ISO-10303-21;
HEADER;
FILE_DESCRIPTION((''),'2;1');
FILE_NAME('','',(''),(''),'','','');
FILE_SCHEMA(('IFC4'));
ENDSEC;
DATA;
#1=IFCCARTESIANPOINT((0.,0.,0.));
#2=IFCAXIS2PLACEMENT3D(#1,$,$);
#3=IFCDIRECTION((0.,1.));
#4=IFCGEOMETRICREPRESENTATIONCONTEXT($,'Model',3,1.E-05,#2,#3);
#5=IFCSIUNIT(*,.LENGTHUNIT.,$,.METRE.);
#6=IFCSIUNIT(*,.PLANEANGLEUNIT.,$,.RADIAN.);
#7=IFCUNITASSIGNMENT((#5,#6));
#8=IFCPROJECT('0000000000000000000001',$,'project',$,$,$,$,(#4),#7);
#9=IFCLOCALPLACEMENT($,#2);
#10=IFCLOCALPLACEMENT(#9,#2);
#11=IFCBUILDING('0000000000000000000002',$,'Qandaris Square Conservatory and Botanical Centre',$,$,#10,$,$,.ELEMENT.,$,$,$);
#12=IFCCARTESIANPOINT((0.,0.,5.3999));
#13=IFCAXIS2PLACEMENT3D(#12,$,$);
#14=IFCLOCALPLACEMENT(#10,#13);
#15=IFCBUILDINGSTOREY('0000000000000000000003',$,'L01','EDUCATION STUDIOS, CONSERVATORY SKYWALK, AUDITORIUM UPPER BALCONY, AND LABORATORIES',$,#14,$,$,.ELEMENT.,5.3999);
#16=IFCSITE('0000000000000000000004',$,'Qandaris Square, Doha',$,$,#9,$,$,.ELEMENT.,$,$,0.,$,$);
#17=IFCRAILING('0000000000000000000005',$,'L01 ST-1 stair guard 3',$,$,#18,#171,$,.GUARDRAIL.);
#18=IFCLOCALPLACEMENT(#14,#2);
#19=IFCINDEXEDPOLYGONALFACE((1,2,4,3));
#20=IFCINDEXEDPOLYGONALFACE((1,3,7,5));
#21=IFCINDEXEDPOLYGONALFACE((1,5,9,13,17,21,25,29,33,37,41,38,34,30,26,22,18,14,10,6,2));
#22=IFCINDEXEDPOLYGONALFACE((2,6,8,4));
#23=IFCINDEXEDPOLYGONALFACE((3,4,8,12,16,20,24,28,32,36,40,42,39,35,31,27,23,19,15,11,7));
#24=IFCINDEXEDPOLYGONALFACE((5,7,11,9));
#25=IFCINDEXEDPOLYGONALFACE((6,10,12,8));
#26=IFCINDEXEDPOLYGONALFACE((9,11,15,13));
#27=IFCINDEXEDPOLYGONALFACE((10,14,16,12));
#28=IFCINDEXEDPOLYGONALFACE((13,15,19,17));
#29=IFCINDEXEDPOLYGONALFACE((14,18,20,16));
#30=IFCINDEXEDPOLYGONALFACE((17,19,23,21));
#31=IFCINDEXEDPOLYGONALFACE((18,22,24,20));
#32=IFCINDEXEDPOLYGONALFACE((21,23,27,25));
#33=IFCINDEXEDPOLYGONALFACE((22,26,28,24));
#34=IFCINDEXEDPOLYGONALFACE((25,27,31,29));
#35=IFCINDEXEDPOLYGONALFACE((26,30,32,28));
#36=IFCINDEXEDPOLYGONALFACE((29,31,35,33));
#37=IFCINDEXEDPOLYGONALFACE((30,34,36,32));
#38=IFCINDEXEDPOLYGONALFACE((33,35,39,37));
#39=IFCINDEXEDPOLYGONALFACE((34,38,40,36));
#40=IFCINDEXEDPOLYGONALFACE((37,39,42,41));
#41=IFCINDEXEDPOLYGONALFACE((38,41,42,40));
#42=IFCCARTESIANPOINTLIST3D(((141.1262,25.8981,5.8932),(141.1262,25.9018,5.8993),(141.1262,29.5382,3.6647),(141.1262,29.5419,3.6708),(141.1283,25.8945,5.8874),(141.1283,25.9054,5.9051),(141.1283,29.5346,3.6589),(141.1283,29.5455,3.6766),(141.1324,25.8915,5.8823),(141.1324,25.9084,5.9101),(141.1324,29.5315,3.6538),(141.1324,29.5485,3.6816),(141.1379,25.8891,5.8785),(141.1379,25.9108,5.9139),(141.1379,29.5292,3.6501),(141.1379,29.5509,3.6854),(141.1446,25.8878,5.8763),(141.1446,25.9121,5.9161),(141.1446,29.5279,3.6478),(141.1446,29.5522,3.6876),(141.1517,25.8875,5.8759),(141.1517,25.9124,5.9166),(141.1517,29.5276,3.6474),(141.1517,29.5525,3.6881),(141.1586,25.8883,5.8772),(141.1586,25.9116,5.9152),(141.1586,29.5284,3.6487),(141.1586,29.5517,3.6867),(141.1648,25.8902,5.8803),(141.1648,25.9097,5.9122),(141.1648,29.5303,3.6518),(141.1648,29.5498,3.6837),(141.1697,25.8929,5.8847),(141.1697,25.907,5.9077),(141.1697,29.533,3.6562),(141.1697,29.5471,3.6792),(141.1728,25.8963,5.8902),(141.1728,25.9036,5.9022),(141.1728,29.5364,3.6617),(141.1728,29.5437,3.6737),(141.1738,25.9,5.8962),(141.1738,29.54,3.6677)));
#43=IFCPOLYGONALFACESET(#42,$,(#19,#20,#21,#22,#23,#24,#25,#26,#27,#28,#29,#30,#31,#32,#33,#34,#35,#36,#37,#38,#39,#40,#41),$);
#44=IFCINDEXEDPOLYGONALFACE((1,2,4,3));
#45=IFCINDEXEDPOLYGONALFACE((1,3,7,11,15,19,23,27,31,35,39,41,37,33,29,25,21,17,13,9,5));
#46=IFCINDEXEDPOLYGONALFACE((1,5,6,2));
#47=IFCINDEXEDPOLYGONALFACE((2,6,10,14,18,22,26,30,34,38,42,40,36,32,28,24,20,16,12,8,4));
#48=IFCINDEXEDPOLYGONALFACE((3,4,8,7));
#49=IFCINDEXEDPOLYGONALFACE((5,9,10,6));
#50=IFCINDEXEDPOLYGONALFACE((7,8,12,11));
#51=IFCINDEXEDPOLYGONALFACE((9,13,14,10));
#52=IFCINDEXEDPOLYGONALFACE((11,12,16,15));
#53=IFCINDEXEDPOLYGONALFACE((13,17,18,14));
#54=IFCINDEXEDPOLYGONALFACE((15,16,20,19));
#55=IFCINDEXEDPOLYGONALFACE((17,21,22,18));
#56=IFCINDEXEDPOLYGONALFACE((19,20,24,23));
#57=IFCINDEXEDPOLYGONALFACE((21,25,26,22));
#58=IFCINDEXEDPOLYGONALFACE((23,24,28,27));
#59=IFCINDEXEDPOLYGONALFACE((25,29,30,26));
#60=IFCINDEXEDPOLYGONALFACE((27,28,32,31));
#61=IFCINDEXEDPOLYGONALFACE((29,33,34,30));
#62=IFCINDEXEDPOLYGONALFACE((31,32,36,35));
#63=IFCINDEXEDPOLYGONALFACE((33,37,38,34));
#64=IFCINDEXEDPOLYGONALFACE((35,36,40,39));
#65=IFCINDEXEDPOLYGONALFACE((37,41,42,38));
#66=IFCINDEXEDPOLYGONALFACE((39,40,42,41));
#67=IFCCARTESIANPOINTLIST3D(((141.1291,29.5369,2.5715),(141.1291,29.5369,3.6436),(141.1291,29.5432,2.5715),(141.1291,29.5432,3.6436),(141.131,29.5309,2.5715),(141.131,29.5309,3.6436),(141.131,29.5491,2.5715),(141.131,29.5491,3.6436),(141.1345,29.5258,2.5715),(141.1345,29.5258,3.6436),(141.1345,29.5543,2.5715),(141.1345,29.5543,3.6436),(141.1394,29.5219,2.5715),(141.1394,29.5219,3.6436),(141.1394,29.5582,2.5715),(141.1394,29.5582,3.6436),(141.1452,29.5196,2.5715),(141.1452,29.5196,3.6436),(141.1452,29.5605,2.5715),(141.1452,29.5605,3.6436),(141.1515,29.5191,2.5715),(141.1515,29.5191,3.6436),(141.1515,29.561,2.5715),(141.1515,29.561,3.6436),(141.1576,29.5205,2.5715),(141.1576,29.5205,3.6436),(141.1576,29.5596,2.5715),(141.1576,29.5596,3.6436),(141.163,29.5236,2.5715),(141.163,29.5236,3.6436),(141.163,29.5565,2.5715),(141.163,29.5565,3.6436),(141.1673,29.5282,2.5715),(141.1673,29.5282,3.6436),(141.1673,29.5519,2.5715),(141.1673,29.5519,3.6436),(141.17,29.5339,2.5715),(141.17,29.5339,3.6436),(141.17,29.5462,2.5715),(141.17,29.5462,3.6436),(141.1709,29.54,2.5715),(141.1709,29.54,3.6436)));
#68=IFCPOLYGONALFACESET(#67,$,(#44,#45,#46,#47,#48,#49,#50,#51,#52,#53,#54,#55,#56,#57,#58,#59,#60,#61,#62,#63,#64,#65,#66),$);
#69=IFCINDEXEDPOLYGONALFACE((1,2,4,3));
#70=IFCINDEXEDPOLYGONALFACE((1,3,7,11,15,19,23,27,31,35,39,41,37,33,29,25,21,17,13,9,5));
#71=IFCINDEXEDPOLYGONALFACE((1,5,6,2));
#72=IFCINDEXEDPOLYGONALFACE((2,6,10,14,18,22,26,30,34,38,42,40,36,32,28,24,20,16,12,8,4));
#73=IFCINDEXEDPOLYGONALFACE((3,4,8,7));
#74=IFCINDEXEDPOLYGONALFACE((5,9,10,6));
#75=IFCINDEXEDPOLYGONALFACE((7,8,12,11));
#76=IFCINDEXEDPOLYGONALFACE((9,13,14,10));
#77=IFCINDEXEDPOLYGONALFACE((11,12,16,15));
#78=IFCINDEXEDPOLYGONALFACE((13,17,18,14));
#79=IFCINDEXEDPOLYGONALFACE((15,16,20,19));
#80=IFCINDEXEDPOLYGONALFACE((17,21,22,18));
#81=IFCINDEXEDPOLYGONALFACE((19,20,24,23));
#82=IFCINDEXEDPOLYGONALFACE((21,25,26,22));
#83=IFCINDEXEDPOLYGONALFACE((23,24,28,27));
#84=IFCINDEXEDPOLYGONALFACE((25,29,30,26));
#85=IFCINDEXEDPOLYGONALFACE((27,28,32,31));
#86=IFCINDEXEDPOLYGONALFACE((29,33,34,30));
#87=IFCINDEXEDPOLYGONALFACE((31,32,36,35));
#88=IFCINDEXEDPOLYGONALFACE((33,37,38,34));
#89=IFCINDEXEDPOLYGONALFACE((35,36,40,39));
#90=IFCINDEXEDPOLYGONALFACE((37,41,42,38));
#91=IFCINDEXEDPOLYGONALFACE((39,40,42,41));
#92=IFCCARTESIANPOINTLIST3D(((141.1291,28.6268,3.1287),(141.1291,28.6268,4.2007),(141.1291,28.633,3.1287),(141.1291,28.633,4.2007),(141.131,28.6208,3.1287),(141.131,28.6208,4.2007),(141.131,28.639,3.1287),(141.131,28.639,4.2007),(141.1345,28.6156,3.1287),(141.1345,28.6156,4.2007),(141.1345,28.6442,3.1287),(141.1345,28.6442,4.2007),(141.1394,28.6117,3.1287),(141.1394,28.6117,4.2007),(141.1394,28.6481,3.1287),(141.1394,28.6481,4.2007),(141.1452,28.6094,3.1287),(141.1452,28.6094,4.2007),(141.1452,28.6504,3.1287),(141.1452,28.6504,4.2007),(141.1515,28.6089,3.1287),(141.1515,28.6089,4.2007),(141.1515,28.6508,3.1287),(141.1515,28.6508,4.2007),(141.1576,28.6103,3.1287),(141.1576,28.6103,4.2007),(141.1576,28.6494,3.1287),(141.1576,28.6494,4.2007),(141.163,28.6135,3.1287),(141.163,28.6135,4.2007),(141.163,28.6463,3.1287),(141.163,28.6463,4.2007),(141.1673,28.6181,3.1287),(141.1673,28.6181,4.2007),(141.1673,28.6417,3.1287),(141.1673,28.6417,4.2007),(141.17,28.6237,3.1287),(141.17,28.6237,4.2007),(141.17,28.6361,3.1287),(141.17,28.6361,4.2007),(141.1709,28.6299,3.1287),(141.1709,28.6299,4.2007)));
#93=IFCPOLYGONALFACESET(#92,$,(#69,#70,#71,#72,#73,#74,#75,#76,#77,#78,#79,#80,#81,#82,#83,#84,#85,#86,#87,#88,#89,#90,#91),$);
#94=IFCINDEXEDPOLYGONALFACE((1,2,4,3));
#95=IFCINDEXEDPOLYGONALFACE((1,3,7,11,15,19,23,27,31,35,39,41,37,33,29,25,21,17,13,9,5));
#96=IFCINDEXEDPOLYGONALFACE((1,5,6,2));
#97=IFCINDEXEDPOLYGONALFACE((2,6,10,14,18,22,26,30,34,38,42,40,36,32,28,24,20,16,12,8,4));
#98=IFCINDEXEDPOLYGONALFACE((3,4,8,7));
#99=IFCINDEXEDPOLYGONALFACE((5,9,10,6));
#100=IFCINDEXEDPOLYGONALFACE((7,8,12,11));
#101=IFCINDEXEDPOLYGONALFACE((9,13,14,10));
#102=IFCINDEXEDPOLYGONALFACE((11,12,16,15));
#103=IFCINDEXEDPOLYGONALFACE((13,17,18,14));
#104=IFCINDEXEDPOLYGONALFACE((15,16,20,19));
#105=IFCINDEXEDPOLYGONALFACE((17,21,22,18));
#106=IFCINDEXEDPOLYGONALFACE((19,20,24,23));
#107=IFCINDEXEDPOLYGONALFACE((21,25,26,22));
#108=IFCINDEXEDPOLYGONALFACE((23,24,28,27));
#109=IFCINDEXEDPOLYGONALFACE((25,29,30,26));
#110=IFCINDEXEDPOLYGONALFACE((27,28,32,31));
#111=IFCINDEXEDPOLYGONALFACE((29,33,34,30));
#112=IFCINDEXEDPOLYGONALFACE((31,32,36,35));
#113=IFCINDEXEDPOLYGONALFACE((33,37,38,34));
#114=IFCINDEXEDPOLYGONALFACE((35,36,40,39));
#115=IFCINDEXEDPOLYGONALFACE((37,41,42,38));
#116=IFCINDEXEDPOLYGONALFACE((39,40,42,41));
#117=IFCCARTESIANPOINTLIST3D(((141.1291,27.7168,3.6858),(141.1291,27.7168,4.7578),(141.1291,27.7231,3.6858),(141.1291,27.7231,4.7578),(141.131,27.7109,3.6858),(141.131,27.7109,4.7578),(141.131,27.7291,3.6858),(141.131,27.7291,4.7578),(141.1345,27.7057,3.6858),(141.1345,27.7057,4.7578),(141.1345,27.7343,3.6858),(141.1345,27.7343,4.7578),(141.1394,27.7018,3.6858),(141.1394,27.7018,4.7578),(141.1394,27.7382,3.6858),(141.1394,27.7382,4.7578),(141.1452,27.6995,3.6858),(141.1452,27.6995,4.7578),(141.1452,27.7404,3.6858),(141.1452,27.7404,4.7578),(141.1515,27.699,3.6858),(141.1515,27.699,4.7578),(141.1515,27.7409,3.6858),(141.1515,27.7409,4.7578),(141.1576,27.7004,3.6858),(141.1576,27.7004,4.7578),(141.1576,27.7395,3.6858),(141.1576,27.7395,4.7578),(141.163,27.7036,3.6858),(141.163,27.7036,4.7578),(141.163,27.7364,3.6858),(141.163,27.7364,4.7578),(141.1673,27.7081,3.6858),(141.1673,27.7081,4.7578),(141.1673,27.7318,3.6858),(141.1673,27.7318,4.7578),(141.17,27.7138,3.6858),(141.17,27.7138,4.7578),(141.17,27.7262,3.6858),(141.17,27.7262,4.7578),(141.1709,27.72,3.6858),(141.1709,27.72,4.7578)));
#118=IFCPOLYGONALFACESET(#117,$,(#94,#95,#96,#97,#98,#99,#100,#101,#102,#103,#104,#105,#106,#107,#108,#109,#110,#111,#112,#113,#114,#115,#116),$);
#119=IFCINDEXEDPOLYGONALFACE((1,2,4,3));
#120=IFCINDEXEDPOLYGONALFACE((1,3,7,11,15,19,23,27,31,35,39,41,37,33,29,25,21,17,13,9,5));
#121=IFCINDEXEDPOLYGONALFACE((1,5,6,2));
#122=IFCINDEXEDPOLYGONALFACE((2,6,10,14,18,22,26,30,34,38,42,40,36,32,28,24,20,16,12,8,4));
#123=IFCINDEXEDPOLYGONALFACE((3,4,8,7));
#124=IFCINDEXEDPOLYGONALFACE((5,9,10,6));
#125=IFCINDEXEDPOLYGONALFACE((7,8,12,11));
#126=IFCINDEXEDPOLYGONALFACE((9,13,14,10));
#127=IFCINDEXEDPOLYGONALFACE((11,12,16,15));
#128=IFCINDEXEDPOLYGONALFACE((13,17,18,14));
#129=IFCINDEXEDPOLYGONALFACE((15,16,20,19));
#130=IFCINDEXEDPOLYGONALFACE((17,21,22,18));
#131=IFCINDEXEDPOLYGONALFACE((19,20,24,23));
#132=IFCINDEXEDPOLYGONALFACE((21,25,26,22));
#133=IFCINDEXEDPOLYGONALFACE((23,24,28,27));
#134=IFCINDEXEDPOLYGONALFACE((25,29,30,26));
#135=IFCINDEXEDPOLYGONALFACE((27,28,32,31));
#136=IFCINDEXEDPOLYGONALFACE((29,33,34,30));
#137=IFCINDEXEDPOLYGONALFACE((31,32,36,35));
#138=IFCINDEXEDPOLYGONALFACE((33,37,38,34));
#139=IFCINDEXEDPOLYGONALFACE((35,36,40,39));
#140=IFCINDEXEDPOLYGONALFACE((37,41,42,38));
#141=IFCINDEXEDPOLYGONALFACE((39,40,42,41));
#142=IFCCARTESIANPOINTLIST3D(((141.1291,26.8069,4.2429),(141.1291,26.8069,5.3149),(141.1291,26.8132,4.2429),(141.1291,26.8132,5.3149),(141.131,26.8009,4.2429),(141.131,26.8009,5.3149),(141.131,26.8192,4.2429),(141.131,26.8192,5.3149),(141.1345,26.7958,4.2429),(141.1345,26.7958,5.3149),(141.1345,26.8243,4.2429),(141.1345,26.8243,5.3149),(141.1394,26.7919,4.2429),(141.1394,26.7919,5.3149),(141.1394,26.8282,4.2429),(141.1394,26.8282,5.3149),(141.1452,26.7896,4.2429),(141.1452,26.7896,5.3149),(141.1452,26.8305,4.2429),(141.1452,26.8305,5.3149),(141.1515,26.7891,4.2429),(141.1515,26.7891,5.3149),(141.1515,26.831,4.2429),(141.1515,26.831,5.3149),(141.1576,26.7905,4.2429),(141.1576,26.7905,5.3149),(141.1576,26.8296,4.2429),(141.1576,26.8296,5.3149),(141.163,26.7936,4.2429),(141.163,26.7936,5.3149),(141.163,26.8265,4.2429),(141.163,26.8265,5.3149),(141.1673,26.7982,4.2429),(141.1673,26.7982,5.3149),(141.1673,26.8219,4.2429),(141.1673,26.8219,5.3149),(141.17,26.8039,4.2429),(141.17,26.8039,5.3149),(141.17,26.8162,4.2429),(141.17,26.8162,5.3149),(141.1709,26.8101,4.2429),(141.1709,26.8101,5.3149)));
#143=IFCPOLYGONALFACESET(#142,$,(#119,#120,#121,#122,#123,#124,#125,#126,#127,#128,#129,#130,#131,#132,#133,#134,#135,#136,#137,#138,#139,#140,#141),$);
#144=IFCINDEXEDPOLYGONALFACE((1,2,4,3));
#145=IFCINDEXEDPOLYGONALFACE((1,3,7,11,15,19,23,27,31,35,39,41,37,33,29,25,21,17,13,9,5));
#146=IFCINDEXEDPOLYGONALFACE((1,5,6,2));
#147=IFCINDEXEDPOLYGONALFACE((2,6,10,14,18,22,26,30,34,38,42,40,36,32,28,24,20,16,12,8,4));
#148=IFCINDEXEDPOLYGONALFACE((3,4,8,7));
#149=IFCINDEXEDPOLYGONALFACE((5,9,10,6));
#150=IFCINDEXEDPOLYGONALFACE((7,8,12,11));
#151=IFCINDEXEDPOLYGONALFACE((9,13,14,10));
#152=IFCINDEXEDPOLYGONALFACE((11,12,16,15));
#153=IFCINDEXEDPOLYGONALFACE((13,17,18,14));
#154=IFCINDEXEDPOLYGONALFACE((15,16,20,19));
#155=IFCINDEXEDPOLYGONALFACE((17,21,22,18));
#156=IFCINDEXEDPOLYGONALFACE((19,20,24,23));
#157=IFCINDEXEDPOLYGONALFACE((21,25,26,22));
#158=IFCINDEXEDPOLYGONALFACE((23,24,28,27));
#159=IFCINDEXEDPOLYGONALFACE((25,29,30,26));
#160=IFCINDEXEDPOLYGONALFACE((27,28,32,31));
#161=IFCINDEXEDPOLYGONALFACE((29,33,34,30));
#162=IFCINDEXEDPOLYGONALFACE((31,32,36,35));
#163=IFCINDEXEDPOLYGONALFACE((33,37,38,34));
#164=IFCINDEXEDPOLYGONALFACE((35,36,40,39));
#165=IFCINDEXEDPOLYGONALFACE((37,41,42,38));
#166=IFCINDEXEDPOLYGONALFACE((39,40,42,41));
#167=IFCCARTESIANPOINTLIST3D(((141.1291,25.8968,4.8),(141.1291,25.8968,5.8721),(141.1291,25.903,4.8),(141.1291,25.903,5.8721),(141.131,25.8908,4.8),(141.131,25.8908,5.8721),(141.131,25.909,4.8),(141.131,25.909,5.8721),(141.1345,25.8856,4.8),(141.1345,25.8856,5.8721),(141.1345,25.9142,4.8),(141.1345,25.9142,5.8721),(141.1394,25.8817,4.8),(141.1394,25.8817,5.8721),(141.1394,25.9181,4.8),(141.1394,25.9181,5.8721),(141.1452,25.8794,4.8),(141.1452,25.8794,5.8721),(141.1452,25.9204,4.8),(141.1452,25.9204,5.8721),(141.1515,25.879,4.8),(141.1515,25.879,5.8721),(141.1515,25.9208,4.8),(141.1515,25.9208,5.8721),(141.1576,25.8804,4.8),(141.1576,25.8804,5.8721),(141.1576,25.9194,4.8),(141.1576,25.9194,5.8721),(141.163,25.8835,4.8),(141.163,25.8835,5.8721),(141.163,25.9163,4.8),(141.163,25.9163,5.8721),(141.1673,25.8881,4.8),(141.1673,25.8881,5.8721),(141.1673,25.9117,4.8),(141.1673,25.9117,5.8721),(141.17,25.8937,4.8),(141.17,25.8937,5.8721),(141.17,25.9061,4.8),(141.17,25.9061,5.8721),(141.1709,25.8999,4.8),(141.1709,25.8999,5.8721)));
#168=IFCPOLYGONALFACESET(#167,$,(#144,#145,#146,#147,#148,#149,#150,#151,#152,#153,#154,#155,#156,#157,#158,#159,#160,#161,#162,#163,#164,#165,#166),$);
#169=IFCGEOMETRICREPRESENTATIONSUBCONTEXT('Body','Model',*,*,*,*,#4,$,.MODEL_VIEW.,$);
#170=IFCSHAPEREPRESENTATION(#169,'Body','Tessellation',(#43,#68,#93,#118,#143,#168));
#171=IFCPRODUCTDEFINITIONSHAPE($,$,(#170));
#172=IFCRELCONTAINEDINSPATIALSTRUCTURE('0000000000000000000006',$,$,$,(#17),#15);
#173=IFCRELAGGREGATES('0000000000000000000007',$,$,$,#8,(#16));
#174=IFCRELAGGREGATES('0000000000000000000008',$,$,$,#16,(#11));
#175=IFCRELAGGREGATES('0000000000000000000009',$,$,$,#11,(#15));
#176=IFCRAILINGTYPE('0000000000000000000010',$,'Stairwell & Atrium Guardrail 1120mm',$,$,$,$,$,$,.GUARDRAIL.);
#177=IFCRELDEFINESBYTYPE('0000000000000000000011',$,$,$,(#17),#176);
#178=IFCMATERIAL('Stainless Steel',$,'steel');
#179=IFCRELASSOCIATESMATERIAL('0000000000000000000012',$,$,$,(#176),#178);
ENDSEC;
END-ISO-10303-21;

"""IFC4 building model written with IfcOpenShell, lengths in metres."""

from ifc_helpers import new_model, si_unit, direction, frame, origin, origin_2d, place, context, subcontext, project, spatial, circle, extrude, material, type_object, element, save


model = new_model("IFC4")

# Units and contexts
model_context = context("Model", 3, precision=1e-05, world=origin(), true_north=direction((0.0, 1.0)))
body_context = subcontext(model_context, "Body", "Model", "MODEL_VIEW")
ifc_project = project(units=[si_unit("LENGTHUNIT", "METRE"), si_unit("PLANEANGLEUNIT", "RADIAN")], contexts=[model_context])

# Site, building, storey
site_placement = place(None, origin())
site = spatial("IfcSite", under=ifc_project, at=site_placement, Name="Qandaris Square, Doha", CompositionType="ELEMENT", RefElevation=0.0)
building_placement = place(site_placement, origin())
building = spatial("IfcBuilding", under=site, at=building_placement, Name="Qandaris Square Conservatory and Botanical Centre", CompositionType="ELEMENT")
storey_placement = place(building_placement, frame((0.0, 0.0, 5.3999)))
storey = spatial("IfcBuildingStorey", under=building, at=storey_placement, Name="L01", Description="EDUCATION STUDIOS, CONSERVATORY SKYWALK, AUDITORIUM UPPER BALCONY, AND LABORATORIES", CompositionType="ELEMENT", Elevation=5.3999)

# Railing
ifc_material_1 = material(Name="Stainless Steel", Category="steel")
railing_type_1 = type_object("IfcRailingType", Name="Stairwell & Atrium Guardrail 1120mm", PredefinedType="GUARDRAIL", material=ifc_material_1)
railing_1_placement = place(storey_placement, frame((141.1499, 29.54, 2.5715)))
element("IfcRailing", 1, at=railing_1_placement, inside=storey, type_object=railing_type_1, Name="L01 ST-1 stair guard 3", PredefinedType="GUARDRAIL", context=body_context, shape_type="SweptSolid", body=[
    extrude(circle(Radius=0.0239, at=origin_2d()), frame((0.0, 0.0, 1.0962), z_axis=(0.0, -0.852866, 0.52213), x_axis=(1.0, 0.0, 0.0)), (0.0, 0.0, 1.0), 4.2681),
    extrude(circle(Radius=0.021, at=origin_2d()), origin(), (0.0, 0.0, 1.0), 1.072),
    extrude(circle(Radius=0.021, at=origin_2d()), frame((0.0, -0.9102, 0.5571)), (0.0, 0.0, 1.0), 1.072),
    extrude(circle(Radius=0.021, at=origin_2d()), frame((0.0, -1.8201, 1.1143)), (0.0, 0.0, 1.0), 1.072),
    extrude(circle(Radius=0.021, at=origin_2d()), frame((0.0, -2.73, 1.6714)), (0.0, 0.0, 1.0), 1.072),
    extrude(circle(Radius=0.021, at=origin_2d()), frame((0.0, -3.6401, 2.2285)), (0.0, 0.0, 1.0), 1.072),
])

save(model, "model.ifc")
